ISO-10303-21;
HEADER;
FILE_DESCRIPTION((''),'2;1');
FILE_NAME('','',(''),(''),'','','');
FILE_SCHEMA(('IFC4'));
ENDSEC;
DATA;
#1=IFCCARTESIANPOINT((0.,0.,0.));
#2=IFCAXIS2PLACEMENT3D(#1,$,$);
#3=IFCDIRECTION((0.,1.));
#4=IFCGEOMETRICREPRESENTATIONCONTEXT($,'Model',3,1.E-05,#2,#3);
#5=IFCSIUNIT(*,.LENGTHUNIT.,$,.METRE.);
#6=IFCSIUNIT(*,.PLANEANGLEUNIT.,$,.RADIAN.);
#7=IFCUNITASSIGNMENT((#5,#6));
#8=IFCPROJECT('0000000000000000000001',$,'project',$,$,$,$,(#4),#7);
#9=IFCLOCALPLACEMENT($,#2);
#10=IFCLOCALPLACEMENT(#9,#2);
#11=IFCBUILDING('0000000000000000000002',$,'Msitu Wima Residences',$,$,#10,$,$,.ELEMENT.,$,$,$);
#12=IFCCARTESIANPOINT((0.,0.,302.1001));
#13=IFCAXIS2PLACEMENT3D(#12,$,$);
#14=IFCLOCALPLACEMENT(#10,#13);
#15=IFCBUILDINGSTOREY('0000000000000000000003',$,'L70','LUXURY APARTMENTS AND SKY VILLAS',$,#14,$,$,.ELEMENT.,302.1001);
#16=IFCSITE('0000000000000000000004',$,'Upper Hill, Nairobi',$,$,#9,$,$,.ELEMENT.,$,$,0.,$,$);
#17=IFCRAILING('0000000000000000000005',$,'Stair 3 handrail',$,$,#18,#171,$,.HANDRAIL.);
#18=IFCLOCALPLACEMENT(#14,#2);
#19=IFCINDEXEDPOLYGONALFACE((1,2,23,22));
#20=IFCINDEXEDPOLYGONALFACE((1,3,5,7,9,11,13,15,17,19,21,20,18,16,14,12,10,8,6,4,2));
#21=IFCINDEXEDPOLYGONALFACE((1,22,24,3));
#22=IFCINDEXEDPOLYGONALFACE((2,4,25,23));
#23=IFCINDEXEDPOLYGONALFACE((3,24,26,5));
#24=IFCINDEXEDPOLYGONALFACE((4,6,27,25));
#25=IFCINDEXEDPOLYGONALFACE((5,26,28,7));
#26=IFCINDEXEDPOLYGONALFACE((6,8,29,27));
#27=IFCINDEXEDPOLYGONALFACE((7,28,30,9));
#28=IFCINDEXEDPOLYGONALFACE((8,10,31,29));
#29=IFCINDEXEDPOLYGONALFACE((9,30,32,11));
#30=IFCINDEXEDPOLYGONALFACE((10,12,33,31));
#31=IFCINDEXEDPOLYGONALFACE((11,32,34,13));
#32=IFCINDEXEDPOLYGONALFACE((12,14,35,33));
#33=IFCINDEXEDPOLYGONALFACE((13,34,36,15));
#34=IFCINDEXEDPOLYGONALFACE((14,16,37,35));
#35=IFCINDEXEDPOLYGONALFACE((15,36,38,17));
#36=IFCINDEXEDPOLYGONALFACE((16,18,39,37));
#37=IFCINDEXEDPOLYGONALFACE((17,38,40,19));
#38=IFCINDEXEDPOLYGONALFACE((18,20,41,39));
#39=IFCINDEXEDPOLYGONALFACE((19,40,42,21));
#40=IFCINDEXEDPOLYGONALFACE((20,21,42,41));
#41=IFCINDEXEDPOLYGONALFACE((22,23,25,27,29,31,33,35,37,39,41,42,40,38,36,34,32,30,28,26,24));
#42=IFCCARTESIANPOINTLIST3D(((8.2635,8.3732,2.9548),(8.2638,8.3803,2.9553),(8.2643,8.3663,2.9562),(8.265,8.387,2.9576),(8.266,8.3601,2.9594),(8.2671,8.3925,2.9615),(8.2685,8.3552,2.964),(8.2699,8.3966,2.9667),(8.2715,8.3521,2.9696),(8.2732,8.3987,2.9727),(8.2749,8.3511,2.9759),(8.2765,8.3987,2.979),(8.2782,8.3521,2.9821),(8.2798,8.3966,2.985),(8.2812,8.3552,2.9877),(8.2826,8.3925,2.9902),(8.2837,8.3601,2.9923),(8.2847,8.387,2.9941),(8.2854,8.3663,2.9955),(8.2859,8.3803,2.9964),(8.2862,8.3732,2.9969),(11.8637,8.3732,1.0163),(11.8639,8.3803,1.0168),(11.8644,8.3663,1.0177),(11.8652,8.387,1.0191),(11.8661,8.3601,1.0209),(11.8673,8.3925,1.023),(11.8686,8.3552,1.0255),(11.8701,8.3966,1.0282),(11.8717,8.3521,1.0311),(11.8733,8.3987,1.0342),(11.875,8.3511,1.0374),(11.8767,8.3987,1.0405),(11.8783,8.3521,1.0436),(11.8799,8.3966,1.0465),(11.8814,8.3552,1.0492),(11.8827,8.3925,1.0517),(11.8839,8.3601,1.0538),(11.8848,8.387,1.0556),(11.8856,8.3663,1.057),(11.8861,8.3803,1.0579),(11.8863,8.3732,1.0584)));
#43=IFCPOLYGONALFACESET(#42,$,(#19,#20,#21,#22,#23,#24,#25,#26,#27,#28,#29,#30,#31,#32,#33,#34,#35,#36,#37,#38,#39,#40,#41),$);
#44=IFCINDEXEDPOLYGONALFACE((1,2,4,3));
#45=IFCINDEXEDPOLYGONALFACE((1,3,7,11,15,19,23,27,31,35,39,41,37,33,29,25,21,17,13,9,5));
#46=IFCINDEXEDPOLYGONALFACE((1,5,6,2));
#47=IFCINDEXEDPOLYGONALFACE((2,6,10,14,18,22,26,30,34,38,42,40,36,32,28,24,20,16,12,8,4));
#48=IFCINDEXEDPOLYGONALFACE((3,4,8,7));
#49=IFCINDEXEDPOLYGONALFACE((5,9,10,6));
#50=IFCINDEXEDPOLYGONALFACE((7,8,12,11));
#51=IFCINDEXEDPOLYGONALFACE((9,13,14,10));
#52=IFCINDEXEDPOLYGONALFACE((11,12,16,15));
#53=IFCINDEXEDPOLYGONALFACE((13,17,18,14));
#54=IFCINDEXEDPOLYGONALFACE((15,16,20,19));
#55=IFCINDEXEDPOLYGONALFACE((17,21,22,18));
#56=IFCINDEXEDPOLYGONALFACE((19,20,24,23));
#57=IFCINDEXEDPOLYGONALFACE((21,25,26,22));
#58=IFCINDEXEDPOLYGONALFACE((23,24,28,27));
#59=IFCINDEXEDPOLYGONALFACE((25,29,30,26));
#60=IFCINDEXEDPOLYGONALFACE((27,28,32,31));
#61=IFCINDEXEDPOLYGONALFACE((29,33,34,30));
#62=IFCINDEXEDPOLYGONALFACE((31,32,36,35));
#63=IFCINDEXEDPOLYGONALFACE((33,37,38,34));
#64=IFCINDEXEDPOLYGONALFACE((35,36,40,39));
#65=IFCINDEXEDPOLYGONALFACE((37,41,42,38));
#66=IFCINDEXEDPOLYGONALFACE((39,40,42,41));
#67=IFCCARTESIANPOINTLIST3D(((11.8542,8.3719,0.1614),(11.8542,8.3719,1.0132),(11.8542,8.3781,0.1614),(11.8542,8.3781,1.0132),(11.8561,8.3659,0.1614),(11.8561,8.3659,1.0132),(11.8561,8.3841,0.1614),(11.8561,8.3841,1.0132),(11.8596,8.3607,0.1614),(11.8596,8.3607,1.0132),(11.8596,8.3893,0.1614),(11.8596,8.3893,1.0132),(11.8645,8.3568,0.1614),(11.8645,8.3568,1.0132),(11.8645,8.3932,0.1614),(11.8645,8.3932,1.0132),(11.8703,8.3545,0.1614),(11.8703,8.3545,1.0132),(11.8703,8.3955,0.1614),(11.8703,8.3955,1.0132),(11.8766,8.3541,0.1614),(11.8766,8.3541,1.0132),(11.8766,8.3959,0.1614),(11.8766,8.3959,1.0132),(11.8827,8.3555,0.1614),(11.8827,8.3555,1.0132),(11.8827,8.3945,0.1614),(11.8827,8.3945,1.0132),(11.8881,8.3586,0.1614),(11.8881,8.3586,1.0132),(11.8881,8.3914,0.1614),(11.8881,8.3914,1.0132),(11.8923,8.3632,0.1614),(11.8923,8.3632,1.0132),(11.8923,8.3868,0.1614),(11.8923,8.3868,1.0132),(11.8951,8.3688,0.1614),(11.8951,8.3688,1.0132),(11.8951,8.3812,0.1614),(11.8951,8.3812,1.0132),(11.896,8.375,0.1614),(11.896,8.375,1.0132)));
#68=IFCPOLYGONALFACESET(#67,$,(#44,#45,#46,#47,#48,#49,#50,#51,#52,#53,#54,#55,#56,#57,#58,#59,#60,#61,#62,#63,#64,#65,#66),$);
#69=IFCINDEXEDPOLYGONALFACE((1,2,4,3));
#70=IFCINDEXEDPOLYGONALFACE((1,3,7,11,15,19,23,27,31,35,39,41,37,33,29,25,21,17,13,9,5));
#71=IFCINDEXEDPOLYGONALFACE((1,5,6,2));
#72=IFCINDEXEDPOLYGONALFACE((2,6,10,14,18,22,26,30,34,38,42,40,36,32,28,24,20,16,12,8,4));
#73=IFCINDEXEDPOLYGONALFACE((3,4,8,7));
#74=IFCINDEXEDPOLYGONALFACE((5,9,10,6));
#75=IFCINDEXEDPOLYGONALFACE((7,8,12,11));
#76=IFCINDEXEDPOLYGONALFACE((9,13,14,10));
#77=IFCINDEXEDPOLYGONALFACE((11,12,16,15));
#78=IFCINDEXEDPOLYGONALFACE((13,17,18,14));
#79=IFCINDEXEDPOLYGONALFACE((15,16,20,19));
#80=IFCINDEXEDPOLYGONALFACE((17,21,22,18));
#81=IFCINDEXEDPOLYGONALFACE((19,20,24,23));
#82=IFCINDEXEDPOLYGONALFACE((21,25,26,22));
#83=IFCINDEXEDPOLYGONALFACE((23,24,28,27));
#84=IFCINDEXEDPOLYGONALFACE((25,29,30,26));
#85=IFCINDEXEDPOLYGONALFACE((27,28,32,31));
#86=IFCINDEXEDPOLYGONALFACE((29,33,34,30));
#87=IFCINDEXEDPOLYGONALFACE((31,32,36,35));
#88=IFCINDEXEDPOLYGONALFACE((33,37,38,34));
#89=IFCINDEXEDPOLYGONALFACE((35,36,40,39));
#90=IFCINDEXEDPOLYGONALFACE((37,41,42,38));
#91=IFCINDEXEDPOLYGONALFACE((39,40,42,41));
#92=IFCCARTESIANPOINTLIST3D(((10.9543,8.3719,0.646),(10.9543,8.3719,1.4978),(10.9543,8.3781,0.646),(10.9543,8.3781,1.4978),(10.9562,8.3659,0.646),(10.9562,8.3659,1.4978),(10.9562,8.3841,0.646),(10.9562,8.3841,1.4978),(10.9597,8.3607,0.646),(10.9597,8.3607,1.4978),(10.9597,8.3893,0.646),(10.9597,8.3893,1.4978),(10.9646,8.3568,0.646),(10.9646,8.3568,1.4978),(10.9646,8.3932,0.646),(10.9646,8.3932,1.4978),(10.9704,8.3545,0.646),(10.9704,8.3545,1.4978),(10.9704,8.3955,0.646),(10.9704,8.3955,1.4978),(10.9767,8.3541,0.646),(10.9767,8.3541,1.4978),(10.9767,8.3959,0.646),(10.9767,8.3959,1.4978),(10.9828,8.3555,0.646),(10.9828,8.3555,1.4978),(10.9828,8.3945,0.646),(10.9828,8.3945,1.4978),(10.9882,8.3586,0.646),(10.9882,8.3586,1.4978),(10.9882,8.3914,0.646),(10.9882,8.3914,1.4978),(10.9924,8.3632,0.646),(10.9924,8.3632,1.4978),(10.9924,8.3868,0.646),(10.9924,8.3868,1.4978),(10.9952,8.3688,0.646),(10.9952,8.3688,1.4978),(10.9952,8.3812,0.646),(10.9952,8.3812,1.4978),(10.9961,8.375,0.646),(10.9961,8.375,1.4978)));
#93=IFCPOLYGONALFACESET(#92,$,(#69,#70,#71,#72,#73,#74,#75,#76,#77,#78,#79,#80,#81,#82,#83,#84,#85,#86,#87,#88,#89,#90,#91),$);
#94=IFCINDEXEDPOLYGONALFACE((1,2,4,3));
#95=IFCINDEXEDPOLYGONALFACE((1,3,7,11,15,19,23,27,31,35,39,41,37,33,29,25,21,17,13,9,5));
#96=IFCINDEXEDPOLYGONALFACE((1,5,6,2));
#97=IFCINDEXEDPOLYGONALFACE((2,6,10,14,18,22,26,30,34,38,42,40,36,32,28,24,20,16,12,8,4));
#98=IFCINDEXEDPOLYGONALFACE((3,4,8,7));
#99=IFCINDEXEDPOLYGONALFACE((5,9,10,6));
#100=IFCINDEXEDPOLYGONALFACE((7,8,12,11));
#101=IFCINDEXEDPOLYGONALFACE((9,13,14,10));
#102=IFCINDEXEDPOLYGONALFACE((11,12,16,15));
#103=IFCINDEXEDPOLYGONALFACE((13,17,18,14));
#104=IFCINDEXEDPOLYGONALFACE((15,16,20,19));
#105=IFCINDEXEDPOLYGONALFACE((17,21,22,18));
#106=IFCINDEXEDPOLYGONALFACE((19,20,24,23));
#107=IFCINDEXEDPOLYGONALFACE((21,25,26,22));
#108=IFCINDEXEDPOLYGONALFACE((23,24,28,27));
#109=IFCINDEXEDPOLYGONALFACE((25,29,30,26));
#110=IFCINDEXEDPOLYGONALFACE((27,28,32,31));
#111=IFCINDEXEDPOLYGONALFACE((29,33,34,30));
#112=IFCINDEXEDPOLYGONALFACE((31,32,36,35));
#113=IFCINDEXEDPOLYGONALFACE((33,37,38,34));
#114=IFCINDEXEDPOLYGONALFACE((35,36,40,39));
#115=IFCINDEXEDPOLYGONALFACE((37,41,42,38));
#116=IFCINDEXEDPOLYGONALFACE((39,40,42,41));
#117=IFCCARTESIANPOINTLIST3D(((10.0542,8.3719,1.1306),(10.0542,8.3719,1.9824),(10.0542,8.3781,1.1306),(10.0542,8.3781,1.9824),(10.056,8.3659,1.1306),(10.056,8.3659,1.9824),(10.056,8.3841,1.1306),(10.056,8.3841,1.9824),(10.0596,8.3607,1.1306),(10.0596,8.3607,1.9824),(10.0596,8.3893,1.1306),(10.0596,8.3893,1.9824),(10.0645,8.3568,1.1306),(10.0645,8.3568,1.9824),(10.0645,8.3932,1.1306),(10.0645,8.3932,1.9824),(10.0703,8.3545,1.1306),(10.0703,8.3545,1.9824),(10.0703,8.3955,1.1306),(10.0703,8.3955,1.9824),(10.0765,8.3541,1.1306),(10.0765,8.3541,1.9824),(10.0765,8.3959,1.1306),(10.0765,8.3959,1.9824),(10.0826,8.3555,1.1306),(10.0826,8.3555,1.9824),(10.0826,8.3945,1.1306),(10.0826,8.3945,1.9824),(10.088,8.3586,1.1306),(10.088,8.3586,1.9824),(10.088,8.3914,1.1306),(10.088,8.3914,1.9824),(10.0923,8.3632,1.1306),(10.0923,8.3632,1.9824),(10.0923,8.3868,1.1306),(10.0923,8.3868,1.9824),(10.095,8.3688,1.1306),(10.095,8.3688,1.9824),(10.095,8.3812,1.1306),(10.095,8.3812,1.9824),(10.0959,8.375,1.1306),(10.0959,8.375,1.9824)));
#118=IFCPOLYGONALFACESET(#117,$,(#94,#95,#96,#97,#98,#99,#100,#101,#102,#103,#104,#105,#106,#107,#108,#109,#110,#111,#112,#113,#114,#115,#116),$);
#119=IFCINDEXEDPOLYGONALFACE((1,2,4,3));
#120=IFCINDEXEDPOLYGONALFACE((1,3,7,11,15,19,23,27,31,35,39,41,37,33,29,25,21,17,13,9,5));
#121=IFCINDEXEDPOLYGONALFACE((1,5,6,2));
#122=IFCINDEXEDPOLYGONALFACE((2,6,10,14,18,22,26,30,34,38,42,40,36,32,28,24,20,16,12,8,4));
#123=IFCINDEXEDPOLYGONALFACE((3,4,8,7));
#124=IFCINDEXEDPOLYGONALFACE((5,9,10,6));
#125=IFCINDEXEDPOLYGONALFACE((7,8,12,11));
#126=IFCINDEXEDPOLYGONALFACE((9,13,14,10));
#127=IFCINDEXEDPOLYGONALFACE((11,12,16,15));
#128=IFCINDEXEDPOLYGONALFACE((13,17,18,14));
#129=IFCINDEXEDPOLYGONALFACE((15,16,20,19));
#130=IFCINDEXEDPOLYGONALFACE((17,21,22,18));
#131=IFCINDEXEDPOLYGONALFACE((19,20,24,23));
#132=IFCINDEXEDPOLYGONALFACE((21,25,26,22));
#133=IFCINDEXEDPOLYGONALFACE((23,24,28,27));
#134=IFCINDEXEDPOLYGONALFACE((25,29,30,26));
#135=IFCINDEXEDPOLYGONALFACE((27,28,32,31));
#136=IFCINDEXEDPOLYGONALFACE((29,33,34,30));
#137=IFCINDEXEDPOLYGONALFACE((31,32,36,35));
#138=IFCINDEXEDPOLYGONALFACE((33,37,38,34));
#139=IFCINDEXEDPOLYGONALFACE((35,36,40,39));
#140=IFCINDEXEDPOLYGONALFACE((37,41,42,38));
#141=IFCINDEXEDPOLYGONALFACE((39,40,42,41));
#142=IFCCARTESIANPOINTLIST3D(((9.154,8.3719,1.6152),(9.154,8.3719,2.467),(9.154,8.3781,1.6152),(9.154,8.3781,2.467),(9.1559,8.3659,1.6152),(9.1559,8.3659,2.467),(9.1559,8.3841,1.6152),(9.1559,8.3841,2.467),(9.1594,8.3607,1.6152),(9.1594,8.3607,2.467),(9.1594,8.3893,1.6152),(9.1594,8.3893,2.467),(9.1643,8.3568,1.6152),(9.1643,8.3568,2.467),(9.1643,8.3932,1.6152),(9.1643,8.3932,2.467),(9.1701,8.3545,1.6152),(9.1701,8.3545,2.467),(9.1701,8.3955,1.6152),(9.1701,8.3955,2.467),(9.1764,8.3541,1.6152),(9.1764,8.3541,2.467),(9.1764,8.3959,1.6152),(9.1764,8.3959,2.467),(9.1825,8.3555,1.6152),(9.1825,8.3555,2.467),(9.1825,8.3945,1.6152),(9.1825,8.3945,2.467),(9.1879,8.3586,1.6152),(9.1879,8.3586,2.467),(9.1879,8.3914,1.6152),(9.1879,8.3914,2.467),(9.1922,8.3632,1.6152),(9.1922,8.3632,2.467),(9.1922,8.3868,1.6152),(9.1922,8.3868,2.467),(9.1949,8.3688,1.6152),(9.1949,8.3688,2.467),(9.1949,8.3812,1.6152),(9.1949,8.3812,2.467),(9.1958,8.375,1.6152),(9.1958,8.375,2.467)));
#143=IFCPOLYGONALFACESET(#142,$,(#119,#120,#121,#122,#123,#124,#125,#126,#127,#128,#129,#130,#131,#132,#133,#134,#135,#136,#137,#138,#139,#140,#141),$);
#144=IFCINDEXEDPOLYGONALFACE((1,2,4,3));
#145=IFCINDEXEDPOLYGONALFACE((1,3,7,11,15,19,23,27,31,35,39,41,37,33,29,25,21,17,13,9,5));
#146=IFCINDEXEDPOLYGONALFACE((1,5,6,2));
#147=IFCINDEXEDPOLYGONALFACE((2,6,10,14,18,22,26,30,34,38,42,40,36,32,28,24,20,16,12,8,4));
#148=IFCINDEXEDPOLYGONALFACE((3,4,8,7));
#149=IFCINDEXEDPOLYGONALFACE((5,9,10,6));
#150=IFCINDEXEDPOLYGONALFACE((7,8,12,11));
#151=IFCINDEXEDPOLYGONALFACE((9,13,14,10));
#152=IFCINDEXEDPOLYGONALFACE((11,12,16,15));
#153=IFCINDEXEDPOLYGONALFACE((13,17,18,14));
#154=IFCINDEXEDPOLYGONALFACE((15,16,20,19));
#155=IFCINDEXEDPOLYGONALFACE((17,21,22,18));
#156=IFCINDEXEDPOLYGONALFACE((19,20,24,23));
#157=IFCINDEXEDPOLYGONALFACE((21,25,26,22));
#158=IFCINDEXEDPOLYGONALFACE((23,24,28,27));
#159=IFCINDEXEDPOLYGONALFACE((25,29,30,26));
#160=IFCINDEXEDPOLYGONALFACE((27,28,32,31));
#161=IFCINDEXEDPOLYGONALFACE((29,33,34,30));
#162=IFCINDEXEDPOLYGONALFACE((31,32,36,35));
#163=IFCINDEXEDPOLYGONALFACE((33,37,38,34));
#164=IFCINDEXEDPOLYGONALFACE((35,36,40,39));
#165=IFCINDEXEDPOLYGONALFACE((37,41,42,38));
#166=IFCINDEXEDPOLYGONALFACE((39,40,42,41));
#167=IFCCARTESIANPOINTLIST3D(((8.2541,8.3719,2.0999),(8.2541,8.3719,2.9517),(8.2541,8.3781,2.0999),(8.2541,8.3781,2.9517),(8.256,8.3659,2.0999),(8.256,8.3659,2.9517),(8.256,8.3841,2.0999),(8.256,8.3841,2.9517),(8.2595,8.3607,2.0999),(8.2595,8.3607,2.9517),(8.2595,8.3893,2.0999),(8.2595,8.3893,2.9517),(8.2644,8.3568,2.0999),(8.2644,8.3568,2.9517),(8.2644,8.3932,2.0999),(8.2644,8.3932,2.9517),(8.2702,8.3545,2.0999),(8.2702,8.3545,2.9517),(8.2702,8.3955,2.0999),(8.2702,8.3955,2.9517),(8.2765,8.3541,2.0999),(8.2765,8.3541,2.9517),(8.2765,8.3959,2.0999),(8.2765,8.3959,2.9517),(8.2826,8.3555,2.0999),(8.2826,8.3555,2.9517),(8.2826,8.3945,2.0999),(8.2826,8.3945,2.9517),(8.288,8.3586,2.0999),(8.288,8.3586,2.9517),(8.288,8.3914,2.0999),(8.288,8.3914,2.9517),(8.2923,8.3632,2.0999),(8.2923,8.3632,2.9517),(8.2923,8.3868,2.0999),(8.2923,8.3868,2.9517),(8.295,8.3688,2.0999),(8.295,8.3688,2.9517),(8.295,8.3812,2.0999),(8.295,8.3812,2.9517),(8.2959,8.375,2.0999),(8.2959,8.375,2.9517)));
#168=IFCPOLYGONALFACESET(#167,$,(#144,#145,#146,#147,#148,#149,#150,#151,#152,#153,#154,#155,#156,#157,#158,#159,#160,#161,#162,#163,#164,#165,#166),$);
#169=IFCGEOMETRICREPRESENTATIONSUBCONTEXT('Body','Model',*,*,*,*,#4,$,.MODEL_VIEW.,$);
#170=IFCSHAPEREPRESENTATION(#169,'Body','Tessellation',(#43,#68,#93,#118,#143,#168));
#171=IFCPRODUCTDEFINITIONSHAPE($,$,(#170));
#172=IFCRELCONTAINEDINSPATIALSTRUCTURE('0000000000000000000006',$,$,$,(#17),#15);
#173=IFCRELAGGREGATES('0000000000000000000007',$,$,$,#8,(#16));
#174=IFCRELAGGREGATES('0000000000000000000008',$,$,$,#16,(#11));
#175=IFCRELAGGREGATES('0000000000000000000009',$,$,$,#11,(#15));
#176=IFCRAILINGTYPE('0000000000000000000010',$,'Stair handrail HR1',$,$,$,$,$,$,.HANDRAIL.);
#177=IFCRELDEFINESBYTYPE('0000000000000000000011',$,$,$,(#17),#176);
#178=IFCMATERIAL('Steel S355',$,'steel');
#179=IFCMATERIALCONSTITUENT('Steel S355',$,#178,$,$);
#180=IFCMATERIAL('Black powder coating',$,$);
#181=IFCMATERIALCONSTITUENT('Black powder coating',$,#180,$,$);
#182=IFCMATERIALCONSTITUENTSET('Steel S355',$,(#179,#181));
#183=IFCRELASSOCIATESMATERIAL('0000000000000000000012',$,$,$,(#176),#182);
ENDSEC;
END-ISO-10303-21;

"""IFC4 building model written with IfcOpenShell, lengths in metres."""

from ifc_helpers import new_model, si_unit, direction, frame, origin, origin_2d, place, context, subcontext, project, spatial, circle, extrude, material, constituent, constituent_set, type_object, element, save


model = new_model("IFC4")

# Units and contexts
model_context = context("Model", 3, precision=1e-05, world=origin(), true_north=direction((0.0, 1.0)))
body_context = subcontext(model_context, "Body", "Model", "MODEL_VIEW")
ifc_project = project(units=[si_unit("LENGTHUNIT", "METRE"), si_unit("PLANEANGLEUNIT", "RADIAN")], contexts=[model_context])

# Site, building, storey
site_placement = place(None, origin())
site = spatial("IfcSite", under=ifc_project, at=site_placement, Name="Upper Hill, Nairobi", CompositionType="ELEMENT", RefElevation=0.0)
building_placement = place(site_placement, origin())
building = spatial("IfcBuilding", under=site, at=building_placement, Name="Msitu Wima Residences", CompositionType="ELEMENT")
storey_placement = place(building_placement, frame((0.0, 0.0, 302.1001)))
storey = spatial("IfcBuildingStorey", under=building, at=storey_placement, Name="L70", Description="LUXURY APARTMENTS AND SKY VILLAS", CompositionType="ELEMENT", Elevation=302.1001)

# Railing
ifc_material_1 = material(Name="Steel S355", Category="steel")
ifc_constituent_1 = constituent(ifc_material_1, Name="Steel S355")
ifc_material_2 = material(Name="Black powder coating")
ifc_constituent_2 = constituent(ifc_material_2, Name="Black powder coating")
ifc_constituent_set = constituent_set(constituents=[ifc_constituent_1, ifc_constituent_2], Name="Steel S355")
railing_type = type_object("IfcRailingType", Name="Stair handrail HR1", PredefinedType="HANDRAIL", material=ifc_constituent_set)
for number, where, name in (
    (1, (11.875, 8.375, 0.1614), "Stair 3 handrail"),
):
    element("IfcRailing", number, at=place(storey_placement, frame(where)), inside=storey, type_object=railing_type, Name=name, PredefinedType="HANDRAIL", context=body_context, shape_type="SweptSolid", body=[
        extrude(circle(Radius=0.0239, at=origin_2d()), frame((0.0, 0.0, 0.876), z_axis=(-0.880475, 0.0, 0.474093), x_axis=(0.0, -1.0, 0.0)), (0.0, 0.0, 1.0), 4.0889),
        extrude(circle(Radius=0.021, at=origin_2d()), origin(), (0.0, 0.0, 1.0), 0.8518),
        extrude(circle(Radius=0.021, at=origin_2d()), frame((-0.8999, 0.0, 0.4846)), (0.0, 0.0, 1.0), 0.8518),
        extrude(circle(Radius=0.021, at=origin_2d()), frame((-1.8, 0.0, 0.9692)), (0.0, 0.0, 1.0), 0.8518),
        extrude(circle(Radius=0.021, at=origin_2d()), frame((-2.7002, 0.0, 1.4539)), (0.0, 0.0, 1.0), 0.8518),
        extrude(circle(Radius=0.021, at=origin_2d()), frame((-3.6001, 0.0, 1.9385)), (0.0, 0.0, 1.0), 0.8518),
    ])

save(model, "model.ifc")
